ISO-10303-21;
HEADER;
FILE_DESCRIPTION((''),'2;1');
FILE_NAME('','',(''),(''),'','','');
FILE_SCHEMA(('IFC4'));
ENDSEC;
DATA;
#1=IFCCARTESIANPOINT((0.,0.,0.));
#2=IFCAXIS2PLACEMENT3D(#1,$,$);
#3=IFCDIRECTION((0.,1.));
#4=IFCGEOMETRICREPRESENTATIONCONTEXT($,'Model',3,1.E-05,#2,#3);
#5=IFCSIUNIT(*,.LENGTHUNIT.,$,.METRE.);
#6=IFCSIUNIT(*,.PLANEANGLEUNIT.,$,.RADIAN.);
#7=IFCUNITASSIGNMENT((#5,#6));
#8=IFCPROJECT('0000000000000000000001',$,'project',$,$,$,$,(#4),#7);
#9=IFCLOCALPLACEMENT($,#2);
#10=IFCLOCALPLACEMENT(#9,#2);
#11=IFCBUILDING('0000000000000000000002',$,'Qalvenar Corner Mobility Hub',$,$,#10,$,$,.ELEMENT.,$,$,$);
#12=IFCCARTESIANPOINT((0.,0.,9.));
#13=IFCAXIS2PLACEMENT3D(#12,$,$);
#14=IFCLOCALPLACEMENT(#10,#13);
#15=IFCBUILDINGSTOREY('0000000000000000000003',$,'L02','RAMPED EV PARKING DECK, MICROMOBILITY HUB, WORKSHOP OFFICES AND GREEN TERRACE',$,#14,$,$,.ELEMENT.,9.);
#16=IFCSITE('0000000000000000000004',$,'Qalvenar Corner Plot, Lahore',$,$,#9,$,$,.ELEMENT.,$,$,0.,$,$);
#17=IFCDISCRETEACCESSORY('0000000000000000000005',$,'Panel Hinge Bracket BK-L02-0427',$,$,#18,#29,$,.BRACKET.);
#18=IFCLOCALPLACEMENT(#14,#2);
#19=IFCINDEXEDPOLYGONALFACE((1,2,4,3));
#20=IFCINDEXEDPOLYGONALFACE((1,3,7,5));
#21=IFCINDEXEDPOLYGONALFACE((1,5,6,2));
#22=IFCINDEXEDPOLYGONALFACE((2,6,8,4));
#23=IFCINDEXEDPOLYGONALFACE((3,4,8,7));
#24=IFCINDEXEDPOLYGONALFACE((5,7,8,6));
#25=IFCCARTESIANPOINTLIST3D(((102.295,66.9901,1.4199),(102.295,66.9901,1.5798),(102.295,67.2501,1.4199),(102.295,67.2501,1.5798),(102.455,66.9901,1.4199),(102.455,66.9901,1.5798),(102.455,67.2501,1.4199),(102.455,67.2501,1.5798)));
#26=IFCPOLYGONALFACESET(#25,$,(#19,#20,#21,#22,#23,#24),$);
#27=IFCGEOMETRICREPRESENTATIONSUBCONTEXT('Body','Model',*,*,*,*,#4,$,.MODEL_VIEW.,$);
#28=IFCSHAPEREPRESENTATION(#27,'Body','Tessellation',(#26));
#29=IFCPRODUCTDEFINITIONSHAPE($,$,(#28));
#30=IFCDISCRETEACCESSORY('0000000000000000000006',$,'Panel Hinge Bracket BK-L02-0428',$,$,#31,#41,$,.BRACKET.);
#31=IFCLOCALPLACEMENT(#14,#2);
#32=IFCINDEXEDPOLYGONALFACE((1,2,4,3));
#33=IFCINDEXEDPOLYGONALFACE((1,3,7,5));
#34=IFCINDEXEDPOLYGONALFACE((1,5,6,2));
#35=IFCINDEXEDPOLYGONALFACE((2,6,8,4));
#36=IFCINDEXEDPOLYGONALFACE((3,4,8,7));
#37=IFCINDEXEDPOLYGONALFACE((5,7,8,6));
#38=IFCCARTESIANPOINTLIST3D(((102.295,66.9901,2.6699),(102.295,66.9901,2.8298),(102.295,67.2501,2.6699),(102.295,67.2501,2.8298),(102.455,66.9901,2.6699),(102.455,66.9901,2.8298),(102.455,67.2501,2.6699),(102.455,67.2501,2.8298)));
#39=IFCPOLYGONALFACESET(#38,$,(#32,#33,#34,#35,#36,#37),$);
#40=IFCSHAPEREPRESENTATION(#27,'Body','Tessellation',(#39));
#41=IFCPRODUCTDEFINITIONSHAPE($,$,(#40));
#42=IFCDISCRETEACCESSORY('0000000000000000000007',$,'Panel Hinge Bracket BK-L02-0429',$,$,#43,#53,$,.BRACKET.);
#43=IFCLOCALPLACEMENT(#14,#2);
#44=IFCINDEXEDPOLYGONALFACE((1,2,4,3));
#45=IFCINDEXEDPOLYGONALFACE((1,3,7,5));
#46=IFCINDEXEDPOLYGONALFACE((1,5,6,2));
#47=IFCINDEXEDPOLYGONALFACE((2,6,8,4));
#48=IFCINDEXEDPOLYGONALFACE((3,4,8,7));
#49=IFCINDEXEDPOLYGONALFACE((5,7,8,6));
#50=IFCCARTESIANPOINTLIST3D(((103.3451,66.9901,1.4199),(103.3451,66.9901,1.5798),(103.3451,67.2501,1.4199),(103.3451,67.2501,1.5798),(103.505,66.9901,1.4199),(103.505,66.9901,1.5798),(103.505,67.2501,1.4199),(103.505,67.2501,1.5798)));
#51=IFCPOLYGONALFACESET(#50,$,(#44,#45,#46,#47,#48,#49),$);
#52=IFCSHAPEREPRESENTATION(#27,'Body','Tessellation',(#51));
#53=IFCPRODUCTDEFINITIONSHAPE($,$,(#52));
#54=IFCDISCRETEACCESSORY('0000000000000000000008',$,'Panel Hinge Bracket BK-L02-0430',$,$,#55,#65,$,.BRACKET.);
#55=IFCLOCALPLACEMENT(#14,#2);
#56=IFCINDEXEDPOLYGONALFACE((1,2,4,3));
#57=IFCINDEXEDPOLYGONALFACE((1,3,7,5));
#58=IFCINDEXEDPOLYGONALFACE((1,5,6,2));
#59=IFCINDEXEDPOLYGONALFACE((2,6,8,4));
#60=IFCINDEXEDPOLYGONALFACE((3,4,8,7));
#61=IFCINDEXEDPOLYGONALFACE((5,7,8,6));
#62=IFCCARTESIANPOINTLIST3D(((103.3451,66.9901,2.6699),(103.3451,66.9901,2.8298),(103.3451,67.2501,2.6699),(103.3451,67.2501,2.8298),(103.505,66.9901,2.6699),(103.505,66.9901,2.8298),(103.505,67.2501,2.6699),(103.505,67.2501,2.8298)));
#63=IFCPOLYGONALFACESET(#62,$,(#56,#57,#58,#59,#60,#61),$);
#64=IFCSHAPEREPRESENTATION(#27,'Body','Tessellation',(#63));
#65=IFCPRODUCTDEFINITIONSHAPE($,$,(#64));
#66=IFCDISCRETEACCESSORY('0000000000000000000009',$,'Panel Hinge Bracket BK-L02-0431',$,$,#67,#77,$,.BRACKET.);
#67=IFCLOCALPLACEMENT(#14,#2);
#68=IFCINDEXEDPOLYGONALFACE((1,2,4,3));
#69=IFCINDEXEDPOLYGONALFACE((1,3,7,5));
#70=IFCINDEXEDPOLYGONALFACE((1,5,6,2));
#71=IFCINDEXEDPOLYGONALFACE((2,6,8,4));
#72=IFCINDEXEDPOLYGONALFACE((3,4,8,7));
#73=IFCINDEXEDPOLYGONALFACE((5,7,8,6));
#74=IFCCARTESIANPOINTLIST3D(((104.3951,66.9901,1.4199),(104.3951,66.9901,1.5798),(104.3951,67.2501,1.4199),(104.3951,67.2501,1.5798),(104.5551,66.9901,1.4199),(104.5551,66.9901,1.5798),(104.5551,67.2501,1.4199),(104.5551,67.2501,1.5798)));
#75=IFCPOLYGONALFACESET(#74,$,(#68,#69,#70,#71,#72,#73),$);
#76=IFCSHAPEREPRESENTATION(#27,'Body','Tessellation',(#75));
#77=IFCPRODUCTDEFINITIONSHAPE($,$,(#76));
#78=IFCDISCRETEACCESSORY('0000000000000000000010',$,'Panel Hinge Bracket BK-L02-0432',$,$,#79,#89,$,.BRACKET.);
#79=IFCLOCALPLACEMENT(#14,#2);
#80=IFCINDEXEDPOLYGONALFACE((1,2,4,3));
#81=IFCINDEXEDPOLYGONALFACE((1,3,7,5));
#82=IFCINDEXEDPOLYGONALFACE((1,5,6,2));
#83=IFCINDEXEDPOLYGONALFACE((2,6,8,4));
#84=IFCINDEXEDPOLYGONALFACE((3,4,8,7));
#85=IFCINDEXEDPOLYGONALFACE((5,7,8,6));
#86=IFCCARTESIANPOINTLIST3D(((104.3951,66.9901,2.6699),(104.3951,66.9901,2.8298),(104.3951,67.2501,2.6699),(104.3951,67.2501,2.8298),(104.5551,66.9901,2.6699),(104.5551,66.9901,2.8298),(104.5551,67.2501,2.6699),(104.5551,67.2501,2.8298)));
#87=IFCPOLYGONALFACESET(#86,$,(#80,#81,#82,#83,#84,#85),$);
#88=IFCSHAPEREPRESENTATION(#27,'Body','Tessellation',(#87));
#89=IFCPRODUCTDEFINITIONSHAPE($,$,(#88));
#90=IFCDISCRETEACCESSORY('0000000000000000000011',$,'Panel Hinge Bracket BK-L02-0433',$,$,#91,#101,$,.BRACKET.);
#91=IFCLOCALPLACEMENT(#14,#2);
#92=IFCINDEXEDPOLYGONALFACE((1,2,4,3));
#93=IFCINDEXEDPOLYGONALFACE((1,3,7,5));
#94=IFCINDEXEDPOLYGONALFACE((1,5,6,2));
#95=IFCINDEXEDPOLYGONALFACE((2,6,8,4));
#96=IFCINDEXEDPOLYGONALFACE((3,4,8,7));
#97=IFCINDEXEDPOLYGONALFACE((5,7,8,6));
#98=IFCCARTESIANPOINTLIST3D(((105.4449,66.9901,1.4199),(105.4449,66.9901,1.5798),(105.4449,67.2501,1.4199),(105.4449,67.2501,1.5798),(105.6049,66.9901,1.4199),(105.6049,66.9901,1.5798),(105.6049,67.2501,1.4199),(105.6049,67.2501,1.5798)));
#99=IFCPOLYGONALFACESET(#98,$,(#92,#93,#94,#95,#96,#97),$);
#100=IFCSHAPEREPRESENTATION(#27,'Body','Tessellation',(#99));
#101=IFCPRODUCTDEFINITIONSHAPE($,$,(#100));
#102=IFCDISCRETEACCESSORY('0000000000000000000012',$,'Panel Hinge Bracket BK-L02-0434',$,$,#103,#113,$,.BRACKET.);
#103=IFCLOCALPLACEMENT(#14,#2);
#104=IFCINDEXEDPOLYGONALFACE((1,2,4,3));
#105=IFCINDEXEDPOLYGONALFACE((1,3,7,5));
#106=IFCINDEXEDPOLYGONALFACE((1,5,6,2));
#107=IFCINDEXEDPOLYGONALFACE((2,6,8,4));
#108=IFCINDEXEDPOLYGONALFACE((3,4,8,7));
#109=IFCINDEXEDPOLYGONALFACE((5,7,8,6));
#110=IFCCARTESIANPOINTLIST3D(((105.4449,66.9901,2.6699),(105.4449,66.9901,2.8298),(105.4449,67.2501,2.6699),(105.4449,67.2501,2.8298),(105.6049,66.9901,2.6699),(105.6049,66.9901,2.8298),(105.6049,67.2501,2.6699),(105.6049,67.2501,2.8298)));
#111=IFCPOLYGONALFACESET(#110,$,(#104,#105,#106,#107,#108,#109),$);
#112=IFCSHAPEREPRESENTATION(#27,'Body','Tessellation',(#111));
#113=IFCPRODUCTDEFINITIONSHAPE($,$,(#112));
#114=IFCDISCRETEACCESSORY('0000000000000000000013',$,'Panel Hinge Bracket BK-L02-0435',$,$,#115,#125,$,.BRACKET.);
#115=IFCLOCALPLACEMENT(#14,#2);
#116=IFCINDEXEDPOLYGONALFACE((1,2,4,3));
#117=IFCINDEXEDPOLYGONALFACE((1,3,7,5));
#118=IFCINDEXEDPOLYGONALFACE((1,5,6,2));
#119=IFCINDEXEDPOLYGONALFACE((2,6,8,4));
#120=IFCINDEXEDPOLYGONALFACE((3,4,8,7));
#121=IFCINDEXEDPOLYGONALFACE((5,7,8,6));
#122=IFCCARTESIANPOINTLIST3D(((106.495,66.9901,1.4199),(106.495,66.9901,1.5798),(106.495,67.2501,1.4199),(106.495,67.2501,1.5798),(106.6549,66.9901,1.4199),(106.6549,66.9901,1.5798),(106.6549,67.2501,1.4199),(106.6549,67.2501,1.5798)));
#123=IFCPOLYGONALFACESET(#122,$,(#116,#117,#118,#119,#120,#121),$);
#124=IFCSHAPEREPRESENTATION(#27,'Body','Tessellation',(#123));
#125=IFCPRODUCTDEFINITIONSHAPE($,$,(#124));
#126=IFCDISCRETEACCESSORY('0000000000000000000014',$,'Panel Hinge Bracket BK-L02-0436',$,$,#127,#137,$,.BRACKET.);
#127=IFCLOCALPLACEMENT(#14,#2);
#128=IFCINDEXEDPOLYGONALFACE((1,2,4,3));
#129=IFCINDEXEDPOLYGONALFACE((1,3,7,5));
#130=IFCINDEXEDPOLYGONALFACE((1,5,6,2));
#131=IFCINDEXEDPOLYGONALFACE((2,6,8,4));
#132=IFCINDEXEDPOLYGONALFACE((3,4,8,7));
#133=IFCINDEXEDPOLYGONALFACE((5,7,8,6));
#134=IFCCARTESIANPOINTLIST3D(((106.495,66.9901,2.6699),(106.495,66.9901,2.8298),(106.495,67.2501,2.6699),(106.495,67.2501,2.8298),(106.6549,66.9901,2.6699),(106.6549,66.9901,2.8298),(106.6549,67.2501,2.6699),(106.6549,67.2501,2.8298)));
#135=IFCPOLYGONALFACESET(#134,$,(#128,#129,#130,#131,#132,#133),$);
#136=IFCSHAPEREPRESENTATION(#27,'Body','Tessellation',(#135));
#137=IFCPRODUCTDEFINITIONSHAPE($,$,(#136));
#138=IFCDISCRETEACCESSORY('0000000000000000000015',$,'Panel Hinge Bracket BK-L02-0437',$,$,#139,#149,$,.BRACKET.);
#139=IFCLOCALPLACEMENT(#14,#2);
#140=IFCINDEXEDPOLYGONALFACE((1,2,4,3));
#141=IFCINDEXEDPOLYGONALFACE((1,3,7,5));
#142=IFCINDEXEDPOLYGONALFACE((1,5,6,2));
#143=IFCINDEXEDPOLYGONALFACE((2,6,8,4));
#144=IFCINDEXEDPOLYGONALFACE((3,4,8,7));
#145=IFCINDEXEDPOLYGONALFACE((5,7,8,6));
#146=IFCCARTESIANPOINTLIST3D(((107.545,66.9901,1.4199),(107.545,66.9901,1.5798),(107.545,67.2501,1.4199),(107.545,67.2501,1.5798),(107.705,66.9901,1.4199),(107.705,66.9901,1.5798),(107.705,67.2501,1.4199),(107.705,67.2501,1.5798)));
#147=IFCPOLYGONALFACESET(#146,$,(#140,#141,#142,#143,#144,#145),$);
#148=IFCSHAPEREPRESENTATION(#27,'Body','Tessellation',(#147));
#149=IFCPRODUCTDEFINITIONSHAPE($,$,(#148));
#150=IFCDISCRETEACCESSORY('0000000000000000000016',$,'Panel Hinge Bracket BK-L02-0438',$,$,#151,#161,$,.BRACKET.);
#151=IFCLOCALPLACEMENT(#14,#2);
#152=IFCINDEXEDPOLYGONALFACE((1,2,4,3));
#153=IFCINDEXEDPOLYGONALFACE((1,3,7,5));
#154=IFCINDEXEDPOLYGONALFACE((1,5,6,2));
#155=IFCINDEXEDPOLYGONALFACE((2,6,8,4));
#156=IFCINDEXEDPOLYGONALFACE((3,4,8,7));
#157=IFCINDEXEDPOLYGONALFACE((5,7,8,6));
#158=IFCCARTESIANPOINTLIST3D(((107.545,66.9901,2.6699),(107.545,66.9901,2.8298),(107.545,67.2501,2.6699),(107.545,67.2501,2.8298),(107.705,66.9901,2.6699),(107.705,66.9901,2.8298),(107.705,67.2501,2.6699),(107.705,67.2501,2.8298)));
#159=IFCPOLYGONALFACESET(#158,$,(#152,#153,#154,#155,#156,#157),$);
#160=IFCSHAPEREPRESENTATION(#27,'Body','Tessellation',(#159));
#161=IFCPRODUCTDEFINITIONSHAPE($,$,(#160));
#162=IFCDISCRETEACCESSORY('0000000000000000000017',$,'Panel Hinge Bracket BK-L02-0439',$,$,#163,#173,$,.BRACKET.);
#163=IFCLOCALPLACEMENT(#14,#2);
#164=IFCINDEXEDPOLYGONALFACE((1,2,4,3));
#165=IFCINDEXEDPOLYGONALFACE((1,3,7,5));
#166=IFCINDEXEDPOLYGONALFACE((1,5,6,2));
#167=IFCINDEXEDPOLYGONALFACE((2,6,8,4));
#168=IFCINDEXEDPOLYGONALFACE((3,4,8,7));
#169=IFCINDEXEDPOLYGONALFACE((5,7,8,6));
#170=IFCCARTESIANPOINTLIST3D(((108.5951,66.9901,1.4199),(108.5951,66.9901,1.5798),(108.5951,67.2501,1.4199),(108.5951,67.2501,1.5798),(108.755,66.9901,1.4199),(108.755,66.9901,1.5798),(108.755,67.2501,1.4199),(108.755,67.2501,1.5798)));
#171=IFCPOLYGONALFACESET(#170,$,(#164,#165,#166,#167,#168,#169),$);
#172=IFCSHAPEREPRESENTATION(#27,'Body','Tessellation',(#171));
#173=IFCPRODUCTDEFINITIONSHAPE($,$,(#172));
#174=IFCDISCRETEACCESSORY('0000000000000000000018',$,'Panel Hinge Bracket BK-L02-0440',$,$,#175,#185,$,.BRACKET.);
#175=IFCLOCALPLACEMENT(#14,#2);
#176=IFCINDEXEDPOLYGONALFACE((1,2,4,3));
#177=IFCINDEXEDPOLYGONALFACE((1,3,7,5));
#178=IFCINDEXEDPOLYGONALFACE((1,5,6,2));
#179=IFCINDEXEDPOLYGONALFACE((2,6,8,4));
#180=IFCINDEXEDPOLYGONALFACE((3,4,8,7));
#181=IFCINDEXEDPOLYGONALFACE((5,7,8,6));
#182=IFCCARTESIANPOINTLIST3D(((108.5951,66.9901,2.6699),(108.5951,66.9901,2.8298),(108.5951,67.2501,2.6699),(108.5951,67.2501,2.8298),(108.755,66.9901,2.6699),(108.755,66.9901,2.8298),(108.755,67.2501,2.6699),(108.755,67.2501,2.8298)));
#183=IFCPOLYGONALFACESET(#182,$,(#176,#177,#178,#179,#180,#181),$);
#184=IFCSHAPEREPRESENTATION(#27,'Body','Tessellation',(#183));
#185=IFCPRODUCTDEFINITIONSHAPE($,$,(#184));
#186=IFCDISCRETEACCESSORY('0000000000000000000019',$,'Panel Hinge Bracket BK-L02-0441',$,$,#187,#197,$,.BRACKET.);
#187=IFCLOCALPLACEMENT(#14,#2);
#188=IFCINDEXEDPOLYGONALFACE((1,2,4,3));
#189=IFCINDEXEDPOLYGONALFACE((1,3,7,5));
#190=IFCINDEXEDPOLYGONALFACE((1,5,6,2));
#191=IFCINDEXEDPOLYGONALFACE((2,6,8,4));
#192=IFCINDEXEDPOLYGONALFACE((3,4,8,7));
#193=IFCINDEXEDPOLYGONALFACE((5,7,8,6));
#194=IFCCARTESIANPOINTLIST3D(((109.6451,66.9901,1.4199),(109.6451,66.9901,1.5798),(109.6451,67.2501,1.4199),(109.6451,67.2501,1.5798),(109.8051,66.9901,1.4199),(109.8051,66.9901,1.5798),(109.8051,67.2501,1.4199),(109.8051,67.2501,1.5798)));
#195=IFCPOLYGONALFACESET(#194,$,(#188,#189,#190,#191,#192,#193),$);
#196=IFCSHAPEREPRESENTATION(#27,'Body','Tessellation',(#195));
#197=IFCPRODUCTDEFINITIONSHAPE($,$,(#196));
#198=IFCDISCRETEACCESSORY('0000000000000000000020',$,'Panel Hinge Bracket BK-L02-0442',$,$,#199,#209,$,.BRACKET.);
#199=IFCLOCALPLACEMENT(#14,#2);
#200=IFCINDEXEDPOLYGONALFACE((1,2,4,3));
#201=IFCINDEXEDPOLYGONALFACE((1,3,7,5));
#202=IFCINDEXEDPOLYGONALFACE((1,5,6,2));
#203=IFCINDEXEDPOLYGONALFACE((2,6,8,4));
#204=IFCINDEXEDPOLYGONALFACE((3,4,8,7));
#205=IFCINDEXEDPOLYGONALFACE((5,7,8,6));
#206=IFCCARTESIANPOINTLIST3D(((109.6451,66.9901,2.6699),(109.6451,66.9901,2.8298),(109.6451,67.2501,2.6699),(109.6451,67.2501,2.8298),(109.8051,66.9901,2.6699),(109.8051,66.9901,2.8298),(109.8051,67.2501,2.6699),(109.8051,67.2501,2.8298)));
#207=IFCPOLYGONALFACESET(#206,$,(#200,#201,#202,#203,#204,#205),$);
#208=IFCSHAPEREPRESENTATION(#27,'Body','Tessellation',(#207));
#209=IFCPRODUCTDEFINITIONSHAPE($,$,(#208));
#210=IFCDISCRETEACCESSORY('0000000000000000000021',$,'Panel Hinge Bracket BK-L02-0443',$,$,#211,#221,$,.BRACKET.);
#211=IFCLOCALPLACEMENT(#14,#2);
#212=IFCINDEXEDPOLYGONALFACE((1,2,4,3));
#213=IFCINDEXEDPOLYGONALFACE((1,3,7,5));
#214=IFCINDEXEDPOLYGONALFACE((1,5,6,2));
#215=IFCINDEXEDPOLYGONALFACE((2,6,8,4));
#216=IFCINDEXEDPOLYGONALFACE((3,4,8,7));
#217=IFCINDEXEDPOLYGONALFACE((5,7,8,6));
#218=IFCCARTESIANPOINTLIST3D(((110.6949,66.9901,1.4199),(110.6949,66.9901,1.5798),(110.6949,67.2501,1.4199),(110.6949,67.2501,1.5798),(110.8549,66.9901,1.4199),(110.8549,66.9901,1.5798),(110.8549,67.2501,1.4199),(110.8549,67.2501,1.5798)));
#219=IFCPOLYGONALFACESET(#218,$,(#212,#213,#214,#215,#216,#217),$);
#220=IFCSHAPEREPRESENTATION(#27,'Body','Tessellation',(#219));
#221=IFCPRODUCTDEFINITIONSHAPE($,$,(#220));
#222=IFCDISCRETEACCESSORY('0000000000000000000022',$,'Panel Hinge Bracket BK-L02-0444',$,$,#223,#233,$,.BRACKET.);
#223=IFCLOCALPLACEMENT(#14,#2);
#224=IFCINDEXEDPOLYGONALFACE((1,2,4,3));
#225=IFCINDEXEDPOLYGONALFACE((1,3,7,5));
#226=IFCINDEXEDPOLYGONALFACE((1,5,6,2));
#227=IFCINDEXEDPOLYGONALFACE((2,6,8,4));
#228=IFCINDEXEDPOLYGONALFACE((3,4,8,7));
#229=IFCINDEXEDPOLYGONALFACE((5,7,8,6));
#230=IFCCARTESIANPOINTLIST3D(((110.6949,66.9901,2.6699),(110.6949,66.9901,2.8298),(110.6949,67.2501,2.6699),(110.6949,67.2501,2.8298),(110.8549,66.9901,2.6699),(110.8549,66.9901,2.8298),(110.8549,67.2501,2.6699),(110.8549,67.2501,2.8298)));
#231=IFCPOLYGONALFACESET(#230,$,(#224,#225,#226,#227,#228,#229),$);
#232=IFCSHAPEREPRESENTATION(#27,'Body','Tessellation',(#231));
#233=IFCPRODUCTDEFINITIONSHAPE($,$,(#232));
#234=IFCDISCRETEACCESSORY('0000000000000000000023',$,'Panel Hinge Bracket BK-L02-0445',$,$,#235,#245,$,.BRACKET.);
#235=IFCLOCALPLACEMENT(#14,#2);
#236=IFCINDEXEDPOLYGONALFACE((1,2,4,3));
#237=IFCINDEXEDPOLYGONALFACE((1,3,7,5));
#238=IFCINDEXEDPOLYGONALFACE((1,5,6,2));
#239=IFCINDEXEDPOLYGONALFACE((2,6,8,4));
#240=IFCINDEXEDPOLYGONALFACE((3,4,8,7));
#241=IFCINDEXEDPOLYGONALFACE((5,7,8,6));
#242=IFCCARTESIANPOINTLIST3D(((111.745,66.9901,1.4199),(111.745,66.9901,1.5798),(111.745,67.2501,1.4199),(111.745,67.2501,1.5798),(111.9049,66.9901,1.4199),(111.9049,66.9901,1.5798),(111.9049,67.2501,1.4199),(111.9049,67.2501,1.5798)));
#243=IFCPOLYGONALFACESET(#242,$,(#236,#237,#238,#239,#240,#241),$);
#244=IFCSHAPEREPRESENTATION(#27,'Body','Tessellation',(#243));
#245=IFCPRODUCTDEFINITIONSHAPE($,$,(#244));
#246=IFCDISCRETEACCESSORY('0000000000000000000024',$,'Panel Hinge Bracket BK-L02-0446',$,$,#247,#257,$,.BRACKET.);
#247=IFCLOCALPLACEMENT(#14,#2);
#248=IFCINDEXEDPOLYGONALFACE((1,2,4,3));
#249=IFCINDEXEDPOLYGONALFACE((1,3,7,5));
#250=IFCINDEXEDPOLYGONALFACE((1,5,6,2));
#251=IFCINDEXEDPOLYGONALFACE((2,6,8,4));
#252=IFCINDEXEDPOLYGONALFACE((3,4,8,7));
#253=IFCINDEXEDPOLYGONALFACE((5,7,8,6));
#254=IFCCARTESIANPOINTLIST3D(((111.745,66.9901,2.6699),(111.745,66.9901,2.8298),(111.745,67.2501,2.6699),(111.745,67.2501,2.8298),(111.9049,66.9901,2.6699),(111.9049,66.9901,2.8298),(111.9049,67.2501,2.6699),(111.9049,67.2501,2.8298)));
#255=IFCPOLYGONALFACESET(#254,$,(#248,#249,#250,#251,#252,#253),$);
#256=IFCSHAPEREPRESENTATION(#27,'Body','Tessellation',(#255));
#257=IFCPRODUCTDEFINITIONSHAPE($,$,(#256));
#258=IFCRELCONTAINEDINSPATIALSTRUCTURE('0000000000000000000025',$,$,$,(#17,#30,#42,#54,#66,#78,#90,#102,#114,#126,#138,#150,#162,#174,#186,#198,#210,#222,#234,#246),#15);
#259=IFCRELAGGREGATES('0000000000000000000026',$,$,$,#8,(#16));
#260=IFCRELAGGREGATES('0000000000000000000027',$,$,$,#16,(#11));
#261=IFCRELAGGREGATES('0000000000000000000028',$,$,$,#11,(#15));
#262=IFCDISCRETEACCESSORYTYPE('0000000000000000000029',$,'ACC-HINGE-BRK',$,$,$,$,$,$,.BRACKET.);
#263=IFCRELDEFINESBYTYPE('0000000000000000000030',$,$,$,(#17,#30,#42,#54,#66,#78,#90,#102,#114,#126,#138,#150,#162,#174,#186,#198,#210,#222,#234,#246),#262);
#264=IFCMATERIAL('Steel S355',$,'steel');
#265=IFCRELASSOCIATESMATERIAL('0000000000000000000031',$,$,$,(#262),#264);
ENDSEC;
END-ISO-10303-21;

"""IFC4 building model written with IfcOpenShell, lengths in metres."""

from ifc_helpers import new_model, si_unit, direction, frame, origin, origin_2d, place, context, subcontext, project, spatial, rectangle, extrude, material, type_object, element, save


model = new_model("IFC4")

# Units and contexts
model_context = context("Model", 3, precision=1e-05, world=origin(), true_north=direction((0.0, 1.0)))
body_context = subcontext(model_context, "Body", "Model", "MODEL_VIEW")
ifc_project = project(units=[si_unit("LENGTHUNIT", "METRE"), si_unit("PLANEANGLEUNIT", "RADIAN")], contexts=[model_context])

# Site, building, storey
site_placement = place(None, origin())
site = spatial("IfcSite", under=ifc_project, at=site_placement, Name="Qalvenar Corner Plot, Lahore", CompositionType="ELEMENT", RefElevation=0.0)
building_placement = place(site_placement, origin())
building = spatial("IfcBuilding", under=site, at=building_placement, Name="Qalvenar Corner Mobility Hub", CompositionType="ELEMENT")
storey_placement = place(building_placement, frame((0.0, 0.0, 9.0)))
storey = spatial("IfcBuildingStorey", under=building, at=storey_placement, Name="L02", Description="RAMPED EV PARKING DECK, MICROMOBILITY HUB, WORKSHOP OFFICES AND GREEN TERRACE", CompositionType="ELEMENT", Elevation=9.0)

# Discrete accessories
ifc_material = material(Name="Steel S355", Category="steel")
discrete_accessory_type = type_object("IfcDiscreteAccessoryType", Name="ACC-HINGE-BRK", PredefinedType="BRACKET", material=ifc_material)
for number, where, z_axis, x_axis, name in (
    (1, (102.375, 67.1201, 1.4199), (0.0, 0.0, 1.0), (1.0, 0.0, 0.0), "Panel Hinge Bracket BK-L02-0427"),
    (2, (102.375, 67.1201, 2.6699), (0.0, 0.0, 1.0), (1.0, 0.0, 0.0), "Panel Hinge Bracket BK-L02-0428"),
    (3, (103.425, 67.1201, 1.4199), (0.0, 0.0, 1.0), (1.0, 0.0, 0.0), "Panel Hinge Bracket BK-L02-0429"),
    (4, (103.425, 67.1201, 2.6699), (0.0, 0.0, 1.0), (1.0, 0.0, 0.0), "Panel Hinge Bracket BK-L02-0430"),
    (5, (104.4751, 67.1201, 1.4199), (0.0, 0.0, 1.0), (1.0, 0.0, 0.0), "Panel Hinge Bracket BK-L02-0431"),
    (6, (104.4751, 67.1201, 2.6699), (0.0, 0.0, 1.0), (1.0, 0.0, 0.0), "Panel Hinge Bracket BK-L02-0432"),
    (7, (105.5249, 67.1201, 1.4199), (0.0, 0.0, 1.0), (1.0, 0.0, 0.0), "Panel Hinge Bracket BK-L02-0433"),
    (8, (105.5249, 67.1201, 2.6699), (0.0, 0.0, 1.0), (1.0, 0.0, 0.0), "Panel Hinge Bracket BK-L02-0434"),
    (9, (106.575, 67.1201, 1.4199), (0.0, 0.0, 1.0), (1.0, 0.0, 0.0), "Panel Hinge Bracket BK-L02-0435"),
    (10, (106.575, 67.1201, 2.6699), (0.0, 0.0, 1.0), (1.0, 0.0, 0.0), "Panel Hinge Bracket BK-L02-0436"),
    (11, (107.625, 67.1201, 1.4199), (0.0, 0.0, 1.0), (1.0, 0.0, 0.0), "Panel Hinge Bracket BK-L02-0437"),
    (12, (107.625, 67.1201, 2.6699), (0.0, 0.0, 1.0), (1.0, 0.0, 0.0), "Panel Hinge Bracket BK-L02-0438"),
    (13, (108.675, 67.1201, 1.4199), (0.0, 0.0, 1.0), (1.0, 0.0, 0.0), "Panel Hinge Bracket BK-L02-0439"),
    (14, (108.675, 67.1201, 2.6699), (0.0, 0.0, 1.0), (1.0, 0.0, 0.0), "Panel Hinge Bracket BK-L02-0440"),
    (15, (109.7251, 67.1201, 1.4199), (0.0, 0.0, 1.0), (1.0, 0.0, 0.0), "Panel Hinge Bracket BK-L02-0441"),
    (16, (109.7251, 67.1201, 2.6699), (0.0, 0.0, 1.0), (1.0, 0.0, 0.0), "Panel Hinge Bracket BK-L02-0442"),
    (17, (110.7749, 67.1201, 1.4199), (0.0, 0.0, 1.0), (1.0, 0.0, 0.0), "Panel Hinge Bracket BK-L02-0443"),
    (18, (110.7749, 67.1201, 2.6699), (0.0, 0.0, 1.0), (1.0, 0.0, 0.0), "Panel Hinge Bracket BK-L02-0444"),
    (19, (111.825, 67.1201, 1.4199), (0.0, 0.0, 1.0), (1.0, 0.0, 0.0), "Panel Hinge Bracket BK-L02-0445"),
    (20, (111.825, 67.1201, 2.6699), (0.0, 0.0, 1.0), (1.0, 0.0, 0.0), "Panel Hinge Bracket BK-L02-0446"),
):
    element("IfcDiscreteAccessory", number, at=place(storey_placement, frame(where, z_axis=z_axis, x_axis=x_axis)), inside=storey, type_object=discrete_accessory_type, Name=name, PredefinedType="BRACKET", context=body_context, shape_type="SweptSolid", body=[
        extrude(rectangle(XDim=0.1599, YDim=0.26, at=origin_2d()), origin(), (0.0, 0.0, 1.0), 0.1599),
    ])

save(model, "model.ifc")
